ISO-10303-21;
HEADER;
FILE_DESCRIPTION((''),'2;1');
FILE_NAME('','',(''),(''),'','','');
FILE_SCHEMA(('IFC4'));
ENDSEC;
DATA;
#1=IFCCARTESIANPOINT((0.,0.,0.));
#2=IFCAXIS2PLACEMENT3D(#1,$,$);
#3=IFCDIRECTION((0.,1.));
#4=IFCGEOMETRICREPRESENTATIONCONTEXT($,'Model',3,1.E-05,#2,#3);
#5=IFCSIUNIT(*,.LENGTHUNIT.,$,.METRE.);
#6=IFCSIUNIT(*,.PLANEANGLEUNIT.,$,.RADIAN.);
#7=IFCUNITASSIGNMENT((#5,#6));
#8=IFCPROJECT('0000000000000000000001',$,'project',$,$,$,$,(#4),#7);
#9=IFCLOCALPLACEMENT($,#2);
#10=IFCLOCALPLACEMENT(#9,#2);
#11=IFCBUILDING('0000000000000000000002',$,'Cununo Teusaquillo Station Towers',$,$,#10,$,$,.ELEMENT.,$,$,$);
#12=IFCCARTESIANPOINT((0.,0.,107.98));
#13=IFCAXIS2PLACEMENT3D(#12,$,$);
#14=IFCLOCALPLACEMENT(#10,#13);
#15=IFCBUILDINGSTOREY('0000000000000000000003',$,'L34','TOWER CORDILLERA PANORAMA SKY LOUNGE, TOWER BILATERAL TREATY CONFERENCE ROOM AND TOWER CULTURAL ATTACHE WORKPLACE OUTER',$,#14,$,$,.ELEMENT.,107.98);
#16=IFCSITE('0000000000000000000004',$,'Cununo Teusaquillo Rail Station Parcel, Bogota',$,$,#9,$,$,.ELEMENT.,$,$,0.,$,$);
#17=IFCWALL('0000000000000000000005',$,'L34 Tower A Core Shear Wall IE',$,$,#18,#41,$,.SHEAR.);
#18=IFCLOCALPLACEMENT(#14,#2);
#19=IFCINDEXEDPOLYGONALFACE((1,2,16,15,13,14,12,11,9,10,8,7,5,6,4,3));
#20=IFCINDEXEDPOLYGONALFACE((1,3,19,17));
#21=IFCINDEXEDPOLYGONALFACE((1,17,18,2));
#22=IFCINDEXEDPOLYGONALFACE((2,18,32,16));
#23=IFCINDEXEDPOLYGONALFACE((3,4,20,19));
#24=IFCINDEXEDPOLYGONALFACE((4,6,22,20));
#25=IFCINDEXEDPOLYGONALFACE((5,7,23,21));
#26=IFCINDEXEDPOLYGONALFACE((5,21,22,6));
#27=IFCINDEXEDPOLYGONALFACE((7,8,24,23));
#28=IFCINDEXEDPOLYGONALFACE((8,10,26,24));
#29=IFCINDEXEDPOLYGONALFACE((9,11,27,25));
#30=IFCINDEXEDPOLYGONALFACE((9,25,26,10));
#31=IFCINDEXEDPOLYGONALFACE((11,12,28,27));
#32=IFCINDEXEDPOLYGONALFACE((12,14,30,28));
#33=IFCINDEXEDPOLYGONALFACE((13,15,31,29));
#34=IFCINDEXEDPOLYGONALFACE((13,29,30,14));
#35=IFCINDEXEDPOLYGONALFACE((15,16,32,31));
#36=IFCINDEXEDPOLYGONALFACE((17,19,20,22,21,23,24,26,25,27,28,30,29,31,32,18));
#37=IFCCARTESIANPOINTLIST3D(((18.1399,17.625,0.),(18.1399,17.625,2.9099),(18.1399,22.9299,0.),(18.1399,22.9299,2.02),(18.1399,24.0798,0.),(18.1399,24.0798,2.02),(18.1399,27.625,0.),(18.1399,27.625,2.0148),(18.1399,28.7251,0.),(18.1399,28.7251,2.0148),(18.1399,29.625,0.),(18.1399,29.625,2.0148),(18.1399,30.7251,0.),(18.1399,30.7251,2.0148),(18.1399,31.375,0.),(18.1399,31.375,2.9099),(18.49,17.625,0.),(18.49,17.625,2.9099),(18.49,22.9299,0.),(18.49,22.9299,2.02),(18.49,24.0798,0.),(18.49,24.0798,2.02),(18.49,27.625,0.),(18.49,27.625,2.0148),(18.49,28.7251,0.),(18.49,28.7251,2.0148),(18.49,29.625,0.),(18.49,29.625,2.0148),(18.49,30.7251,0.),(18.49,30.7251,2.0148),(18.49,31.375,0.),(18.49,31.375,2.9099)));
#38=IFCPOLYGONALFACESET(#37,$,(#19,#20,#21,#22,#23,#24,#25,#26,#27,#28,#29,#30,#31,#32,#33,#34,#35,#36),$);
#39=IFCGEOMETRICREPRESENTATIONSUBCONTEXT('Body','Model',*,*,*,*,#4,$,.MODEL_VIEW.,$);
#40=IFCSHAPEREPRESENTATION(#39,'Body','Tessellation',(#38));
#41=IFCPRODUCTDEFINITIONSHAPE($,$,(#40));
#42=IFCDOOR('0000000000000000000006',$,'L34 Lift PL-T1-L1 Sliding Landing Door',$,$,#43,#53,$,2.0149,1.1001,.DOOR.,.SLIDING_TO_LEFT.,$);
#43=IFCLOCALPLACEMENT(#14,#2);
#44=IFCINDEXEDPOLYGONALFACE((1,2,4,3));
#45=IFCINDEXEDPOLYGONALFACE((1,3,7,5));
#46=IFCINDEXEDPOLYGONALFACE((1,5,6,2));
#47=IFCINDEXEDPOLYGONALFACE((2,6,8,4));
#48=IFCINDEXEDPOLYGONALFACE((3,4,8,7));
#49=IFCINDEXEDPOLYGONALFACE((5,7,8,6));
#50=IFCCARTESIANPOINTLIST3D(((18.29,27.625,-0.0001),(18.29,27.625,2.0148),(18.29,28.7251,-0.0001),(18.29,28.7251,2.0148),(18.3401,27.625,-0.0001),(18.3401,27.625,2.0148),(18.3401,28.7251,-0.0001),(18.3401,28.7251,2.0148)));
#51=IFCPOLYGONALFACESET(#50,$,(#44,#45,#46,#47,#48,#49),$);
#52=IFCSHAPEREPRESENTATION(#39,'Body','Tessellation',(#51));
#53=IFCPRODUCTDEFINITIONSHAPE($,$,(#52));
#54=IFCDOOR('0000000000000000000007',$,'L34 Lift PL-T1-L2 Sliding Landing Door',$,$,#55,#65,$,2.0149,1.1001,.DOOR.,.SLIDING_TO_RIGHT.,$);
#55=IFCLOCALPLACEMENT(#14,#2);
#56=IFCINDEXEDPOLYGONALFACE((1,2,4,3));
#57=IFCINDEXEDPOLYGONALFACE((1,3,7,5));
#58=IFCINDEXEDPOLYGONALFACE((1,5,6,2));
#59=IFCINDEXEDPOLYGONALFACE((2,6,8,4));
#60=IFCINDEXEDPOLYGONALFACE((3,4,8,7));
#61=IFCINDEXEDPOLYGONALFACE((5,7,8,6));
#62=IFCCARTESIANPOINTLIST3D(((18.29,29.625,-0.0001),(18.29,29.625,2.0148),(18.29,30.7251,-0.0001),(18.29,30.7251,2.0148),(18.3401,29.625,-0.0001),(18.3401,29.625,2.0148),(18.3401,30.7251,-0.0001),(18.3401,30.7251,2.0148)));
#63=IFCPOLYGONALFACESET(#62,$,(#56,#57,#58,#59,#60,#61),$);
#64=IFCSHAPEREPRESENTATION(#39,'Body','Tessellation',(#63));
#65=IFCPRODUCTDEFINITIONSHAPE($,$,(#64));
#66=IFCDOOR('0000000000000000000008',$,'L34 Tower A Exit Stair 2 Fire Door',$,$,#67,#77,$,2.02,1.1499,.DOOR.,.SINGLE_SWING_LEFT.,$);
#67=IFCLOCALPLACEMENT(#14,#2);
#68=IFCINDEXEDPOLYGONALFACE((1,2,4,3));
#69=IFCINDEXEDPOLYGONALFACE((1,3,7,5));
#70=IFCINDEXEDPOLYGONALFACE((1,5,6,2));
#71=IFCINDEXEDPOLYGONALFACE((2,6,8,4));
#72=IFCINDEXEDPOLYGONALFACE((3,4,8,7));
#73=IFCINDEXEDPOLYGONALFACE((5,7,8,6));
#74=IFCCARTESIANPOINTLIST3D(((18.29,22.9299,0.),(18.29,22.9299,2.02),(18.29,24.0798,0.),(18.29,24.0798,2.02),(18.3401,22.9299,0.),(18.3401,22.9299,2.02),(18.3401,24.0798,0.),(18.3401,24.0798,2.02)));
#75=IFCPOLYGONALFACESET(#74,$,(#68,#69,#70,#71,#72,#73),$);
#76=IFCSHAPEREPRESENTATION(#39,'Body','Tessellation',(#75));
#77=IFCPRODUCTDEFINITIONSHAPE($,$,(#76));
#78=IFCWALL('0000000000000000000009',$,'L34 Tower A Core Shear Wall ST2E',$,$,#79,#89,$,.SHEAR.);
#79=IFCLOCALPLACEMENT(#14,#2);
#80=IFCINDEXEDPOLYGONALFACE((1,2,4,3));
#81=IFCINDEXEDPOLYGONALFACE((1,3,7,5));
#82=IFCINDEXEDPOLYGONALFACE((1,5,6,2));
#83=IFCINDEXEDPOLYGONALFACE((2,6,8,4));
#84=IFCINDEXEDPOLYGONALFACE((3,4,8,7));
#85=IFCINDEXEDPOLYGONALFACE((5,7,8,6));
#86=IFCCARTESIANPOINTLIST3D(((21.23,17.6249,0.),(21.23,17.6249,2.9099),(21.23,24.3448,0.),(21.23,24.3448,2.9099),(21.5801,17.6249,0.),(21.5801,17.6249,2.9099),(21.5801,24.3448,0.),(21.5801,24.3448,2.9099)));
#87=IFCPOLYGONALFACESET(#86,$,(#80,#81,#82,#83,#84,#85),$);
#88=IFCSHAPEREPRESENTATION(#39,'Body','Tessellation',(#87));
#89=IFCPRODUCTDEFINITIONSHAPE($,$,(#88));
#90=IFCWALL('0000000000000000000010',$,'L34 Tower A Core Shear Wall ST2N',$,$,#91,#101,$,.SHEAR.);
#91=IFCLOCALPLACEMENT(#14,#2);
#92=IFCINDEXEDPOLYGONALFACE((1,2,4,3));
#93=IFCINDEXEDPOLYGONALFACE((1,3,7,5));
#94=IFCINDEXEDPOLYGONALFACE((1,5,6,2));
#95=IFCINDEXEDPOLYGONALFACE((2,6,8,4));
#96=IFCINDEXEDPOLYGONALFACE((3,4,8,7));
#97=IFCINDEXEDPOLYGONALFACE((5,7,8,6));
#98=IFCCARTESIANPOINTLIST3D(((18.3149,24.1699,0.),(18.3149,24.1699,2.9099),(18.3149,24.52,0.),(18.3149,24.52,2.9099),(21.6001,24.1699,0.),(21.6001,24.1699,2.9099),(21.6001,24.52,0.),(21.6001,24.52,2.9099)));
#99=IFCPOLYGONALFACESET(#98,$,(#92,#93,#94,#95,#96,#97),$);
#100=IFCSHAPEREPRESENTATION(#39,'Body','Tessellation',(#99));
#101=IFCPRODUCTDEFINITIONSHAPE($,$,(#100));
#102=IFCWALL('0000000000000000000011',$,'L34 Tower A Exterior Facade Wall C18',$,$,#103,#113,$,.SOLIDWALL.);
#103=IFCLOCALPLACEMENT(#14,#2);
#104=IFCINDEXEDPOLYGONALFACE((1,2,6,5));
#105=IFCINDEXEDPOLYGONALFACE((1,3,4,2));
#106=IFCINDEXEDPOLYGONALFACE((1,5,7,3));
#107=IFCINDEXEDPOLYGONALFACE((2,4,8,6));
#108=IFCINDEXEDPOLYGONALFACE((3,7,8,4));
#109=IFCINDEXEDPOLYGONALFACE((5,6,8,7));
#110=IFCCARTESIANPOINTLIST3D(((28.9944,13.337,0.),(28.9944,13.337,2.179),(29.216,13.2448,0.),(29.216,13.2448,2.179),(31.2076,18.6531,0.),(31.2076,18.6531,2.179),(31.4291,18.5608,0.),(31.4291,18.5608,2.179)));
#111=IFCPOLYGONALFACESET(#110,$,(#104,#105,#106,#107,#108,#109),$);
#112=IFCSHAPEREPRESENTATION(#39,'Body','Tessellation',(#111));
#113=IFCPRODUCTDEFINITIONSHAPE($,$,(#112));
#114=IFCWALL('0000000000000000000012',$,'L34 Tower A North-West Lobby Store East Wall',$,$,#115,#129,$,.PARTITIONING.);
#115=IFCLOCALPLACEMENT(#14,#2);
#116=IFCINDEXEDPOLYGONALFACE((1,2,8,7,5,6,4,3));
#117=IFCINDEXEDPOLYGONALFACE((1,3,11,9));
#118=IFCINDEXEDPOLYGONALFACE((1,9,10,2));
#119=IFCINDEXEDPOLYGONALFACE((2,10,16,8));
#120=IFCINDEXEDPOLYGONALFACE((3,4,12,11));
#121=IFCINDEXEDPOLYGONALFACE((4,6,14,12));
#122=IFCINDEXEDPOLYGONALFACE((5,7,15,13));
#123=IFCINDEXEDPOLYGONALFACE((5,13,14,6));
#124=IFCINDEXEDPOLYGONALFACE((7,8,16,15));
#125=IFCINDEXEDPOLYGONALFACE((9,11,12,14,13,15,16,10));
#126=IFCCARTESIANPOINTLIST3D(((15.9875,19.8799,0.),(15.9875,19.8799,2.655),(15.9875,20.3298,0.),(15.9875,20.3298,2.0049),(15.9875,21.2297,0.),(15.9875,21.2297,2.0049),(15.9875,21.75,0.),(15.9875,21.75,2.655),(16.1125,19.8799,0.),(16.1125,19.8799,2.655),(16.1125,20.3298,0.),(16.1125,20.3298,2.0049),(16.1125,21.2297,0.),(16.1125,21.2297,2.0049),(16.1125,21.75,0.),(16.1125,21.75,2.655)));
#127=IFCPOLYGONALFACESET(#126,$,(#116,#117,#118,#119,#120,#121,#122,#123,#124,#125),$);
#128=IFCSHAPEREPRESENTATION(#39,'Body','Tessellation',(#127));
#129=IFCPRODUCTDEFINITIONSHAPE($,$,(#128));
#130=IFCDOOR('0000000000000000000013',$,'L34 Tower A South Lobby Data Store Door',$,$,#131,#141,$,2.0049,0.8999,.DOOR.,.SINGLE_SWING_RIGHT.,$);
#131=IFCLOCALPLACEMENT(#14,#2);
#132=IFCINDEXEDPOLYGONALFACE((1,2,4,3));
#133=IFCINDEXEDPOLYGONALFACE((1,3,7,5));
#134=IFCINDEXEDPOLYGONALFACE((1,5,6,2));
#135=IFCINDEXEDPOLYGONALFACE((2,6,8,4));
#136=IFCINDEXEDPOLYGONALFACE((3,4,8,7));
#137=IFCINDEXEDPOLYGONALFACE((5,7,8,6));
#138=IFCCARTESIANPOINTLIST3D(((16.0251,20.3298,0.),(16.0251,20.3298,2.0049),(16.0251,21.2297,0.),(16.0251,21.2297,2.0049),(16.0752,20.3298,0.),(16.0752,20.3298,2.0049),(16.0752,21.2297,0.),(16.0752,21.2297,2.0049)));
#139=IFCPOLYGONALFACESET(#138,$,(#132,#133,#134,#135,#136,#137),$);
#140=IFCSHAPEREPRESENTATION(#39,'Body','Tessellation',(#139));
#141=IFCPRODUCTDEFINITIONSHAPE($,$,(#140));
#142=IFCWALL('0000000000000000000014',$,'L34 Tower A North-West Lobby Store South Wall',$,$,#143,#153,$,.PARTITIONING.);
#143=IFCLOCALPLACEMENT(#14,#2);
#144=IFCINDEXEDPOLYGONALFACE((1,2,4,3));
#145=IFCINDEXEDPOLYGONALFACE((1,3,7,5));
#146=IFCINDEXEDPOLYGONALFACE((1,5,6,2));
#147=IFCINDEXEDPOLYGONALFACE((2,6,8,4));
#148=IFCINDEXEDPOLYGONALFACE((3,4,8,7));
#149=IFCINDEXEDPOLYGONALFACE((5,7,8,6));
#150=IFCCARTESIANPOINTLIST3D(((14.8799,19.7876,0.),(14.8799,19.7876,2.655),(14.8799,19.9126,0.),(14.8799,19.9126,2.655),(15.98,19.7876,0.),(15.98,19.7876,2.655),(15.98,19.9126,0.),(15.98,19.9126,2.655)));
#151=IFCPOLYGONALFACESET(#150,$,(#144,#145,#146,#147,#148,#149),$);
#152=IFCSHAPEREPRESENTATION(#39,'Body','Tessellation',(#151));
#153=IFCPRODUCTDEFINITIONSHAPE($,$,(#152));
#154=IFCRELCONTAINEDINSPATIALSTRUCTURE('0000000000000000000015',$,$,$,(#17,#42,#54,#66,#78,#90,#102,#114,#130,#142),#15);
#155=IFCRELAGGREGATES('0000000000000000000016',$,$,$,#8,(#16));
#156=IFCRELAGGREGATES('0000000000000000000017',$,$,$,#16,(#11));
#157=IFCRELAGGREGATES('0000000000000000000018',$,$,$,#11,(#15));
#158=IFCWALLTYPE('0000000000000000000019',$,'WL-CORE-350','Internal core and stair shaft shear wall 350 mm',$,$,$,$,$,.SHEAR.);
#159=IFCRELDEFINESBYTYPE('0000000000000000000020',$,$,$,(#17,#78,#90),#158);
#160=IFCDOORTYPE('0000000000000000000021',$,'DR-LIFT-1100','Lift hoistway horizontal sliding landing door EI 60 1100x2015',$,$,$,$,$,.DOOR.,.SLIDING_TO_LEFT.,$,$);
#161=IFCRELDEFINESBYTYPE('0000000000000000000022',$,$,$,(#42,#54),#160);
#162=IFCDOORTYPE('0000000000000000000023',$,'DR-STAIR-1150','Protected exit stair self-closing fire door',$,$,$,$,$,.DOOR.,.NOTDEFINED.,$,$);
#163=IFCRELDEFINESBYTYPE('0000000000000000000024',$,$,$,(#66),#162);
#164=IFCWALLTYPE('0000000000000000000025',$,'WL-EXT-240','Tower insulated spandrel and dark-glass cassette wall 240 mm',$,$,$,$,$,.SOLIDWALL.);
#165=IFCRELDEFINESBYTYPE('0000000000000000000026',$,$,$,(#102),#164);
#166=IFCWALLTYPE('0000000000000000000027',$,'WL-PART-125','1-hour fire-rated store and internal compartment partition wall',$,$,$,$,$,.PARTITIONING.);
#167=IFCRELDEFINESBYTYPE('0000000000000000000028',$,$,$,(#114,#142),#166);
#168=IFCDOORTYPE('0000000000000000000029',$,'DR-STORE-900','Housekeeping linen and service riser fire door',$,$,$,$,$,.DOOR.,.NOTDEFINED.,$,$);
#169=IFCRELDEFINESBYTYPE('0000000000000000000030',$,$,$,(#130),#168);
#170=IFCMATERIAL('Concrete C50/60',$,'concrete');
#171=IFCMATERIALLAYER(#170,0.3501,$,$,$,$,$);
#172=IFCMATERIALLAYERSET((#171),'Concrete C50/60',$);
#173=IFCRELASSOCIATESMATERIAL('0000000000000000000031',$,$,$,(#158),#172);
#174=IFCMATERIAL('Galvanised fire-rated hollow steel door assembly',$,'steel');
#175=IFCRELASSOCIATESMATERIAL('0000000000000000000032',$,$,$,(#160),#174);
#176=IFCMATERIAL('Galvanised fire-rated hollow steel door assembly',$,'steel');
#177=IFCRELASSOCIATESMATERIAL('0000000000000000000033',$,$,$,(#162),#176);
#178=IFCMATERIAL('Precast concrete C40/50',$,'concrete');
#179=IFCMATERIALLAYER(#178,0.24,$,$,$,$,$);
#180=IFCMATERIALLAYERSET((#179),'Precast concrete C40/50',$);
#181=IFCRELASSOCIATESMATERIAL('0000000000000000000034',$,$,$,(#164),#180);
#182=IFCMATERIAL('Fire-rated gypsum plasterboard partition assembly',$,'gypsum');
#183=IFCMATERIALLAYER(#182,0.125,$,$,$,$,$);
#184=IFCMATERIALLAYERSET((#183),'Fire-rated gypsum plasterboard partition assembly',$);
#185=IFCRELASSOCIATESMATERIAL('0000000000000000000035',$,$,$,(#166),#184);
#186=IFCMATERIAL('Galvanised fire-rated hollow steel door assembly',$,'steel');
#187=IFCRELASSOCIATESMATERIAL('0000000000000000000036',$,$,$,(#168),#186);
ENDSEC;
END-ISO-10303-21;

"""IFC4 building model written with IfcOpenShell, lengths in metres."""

from ifc_helpers import new_model, si_unit, direction, frame, frame_2d, origin, place, context, subcontext, project, spatial, rectangle, extrude, source, transform, mapped, material, layer, layer_set, type_object, element, fill, save


model = new_model("IFC4")

# Units and contexts
model_context = context("Model", 3, precision=1e-05, world=origin(), true_north=direction((0.0, 1.0)))
body_context = subcontext(model_context, "Body", "Model", "MODEL_VIEW")
ifc_project = project(units=[si_unit("LENGTHUNIT", "METRE"), si_unit("PLANEANGLEUNIT", "RADIAN")], contexts=[model_context])

# Site, building, storey
site_placement = place(None, origin())
site = spatial("IfcSite", under=ifc_project, at=site_placement, Name="Cununo Teusaquillo Rail Station Parcel, Bogota", CompositionType="ELEMENT", RefElevation=0.0)
building_placement = place(site_placement, origin())
building = spatial("IfcBuilding", under=site, at=building_placement, Name="Cununo Teusaquillo Station Towers", CompositionType="ELEMENT")
storey_placement = place(building_placement, frame((0.0, 0.0, 107.98)))
storey = spatial("IfcBuildingStorey", under=building, at=storey_placement, Name="L34", Description="TOWER CORDILLERA PANORAMA SKY LOUNGE, TOWER BILATERAL TREATY CONFERENCE ROOM AND TOWER CULTURAL ATTACHE WORKPLACE OUTER", CompositionType="ELEMENT", Elevation=107.98)

# Wall, openings, doors
ifc_material_1 = material(Name="Concrete C50/60", Category="concrete")
ifc_layer_1 = layer(ifc_material_1, 0.3501)
ifc_layer_set_1 = layer_set([ifc_layer_1], Name="Concrete C50/60")
wall_type_1 = type_object("IfcWallType", Name="WL-CORE-350", Description="Internal core and stair shaft shear wall 350 mm", PredefinedType="SHEAR", material=ifc_layer_set_1)
wall_1_placement = place(storey_placement, frame((18.3149, 17.625, 0.0), z_axis=(0.0, 0.0, 1.0), x_axis=(0.0, 1.0, 0.0)))
wall_1 = element("IfcWall", 1, at=wall_1_placement, inside=storey, type_object=wall_type_1, Name="L34 Tower A Core Shear Wall IE", PredefinedType="SHEAR", context=body_context, shape_type="SweptSolid", body=[
    extrude(rectangle(XDim=13.75, YDim=0.3501, at=frame_2d((6.875, 0.0))), origin(), (0.0, 0.0, 1.0), 2.9099),
])
shared_shape_1 = source(origin(), body_context, "Body", "SweptSolid", [
    extrude(rectangle(XDim=1.1001, YDim=2.0149, at=frame_2d((0.55, 1.0073))), frame((0.0, 0.1851, 0.0), z_axis=(0.0, -1.0, 0.0), x_axis=(1.0, 0.0, 0.0)), (0.0, 0.0, 1.0), 0.3701),
])
opening_1_placement = place(wall_1_placement, frame((10.0, 0.0, 0.0)))
opening_1 = element("IfcOpeningElement", 2, at=opening_1_placement, cuts=wall_1, PredefinedType="OPENING", context=body_context, shape_type="MappedRepresentation", body=[
    mapped(shared_shape_1, transform((0.0, 0.0, 0.0), x_axis=(1.0, 0.0, 0.0), y_axis=(0.0, 1.0, 0.0), z_axis=(0.0, 0.0, 1.0), scale=1.0)),
])
opening_2_placement = place(wall_1_placement, frame((12.0, 0.0, 0.0)))
opening_2 = element("IfcOpeningElement", 3, at=opening_2_placement, cuts=wall_1, PredefinedType="OPENING", context=body_context, shape_type="MappedRepresentation", body=[
    mapped(shared_shape_1, transform((0.0, 0.0, 0.0), x_axis=(1.0, 0.0, 0.0), y_axis=(0.0, 1.0, 0.0), z_axis=(0.0, 0.0, 1.0), scale=1.0)),
])
shared_shape_2 = source(origin(), body_context, "Body", "SweptSolid", [
    extrude(rectangle(XDim=1.1499, YDim=2.02, at=frame_2d((0.575, 1.01))), frame((0.0, 0.1851, 0.0), z_axis=(0.0, -1.0, 0.0), x_axis=(1.0, 0.0, 0.0)), (0.0, 0.0, 1.0), 0.3701),
])
opening_3_placement = place(wall_1_placement, frame((5.3049, 0.0, 0.0)))
opening_3 = element("IfcOpeningElement", 4, at=opening_3_placement, cuts=wall_1, PredefinedType="OPENING", context=body_context, shape_type="MappedRepresentation", body=[
    mapped(shared_shape_2, transform((0.0, 0.0, 0.0), x_axis=(1.0, 0.0, 0.0), y_axis=(0.0, 1.0, 0.0), z_axis=(0.0, 0.0, 1.0), scale=1.0)),
])
ifc_material_2 = material(Name="Galvanised fire-rated hollow steel door assembly", Category="steel")
door_type_1 = type_object("IfcDoorType", Name="DR-LIFT-1100", Description="Lift hoistway horizontal sliding landing door EI 60 1100x2015", OperationType="SLIDING_TO_LEFT", PredefinedType="DOOR", material=ifc_material_2)
shared_shape_3 = source(origin(), body_context, "Body", "SweptSolid", [
    extrude(rectangle(XDim=1.1001, YDim=2.0149, at=frame_2d((0.55, 1.0073))), frame((0.0, 0.0249, 0.0), z_axis=(0.0, -1.0, 0.0), x_axis=(1.0, 0.0, 0.0)), (0.0, 0.0, 1.0), 0.05),
])
door_1_placement = place(opening_1_placement, origin())
door_1 = element("IfcDoor", 5, at=door_1_placement, inside=storey, type_object=door_type_1, Name="L34 Lift PL-T1-L1 Sliding Landing Door", OperationType="SLIDING_TO_LEFT", OverallHeight=2.0149, OverallWidth=1.1001, PredefinedType="DOOR", context=body_context, shape_type="MappedRepresentation", body=[
    mapped(shared_shape_3, transform((0.0, 0.0, 0.0), x_axis=(1.0, 0.0, 0.0), y_axis=(0.0, 1.0, 0.0), z_axis=(0.0, 0.0, 1.0), scale=1.0)),
])
fill(opening_1, door_1)
door_2_placement = place(opening_2_placement, origin())
door_2 = element("IfcDoor", 6, at=door_2_placement, inside=storey, type_object=door_type_1, Name="L34 Lift PL-T1-L2 Sliding Landing Door", OperationType="SLIDING_TO_RIGHT", OverallHeight=2.0149, OverallWidth=1.1001, PredefinedType="DOOR", context=body_context, shape_type="MappedRepresentation", body=[
    mapped(shared_shape_3, transform((0.0, 0.0, 0.0), x_axis=(1.0, 0.0, 0.0), y_axis=(0.0, 1.0, 0.0), z_axis=(0.0, 0.0, 1.0), scale=1.0)),
])
fill(opening_2, door_2)
ifc_material_3 = material(Name="Galvanised fire-rated hollow steel door assembly", Category="steel")
door_type_2 = type_object("IfcDoorType", Name="DR-STAIR-1150", Description="Protected exit stair self-closing fire door", OperationType="NOTDEFINED", PredefinedType="DOOR", material=ifc_material_3)
shared_shape_4 = source(origin(), body_context, "Body", "SweptSolid", [
    extrude(rectangle(XDim=1.1499, YDim=2.02, at=frame_2d((0.575, 1.01))), frame((0.0, 0.0249, 0.0), z_axis=(0.0, -1.0, 0.0), x_axis=(1.0, 0.0, 0.0)), (0.0, 0.0, 1.0), 0.05),
])
door_3_placement = place(opening_3_placement, origin())
door_3 = element("IfcDoor", 7, at=door_3_placement, inside=storey, type_object=door_type_2, Name="L34 Tower A Exit Stair 2 Fire Door", OperationType="SINGLE_SWING_LEFT", OverallHeight=2.02, OverallWidth=1.1499, PredefinedType="DOOR", context=body_context, shape_type="MappedRepresentation", body=[
    mapped(shared_shape_4, transform((0.0, 0.0, 0.0), x_axis=(1.0, 0.0, 0.0), y_axis=(0.0, 1.0, 0.0), z_axis=(0.0, 0.0, 1.0), scale=1.0)),
])
fill(opening_3, door_3)

# Walls
wall_2_placement = place(storey_placement, frame((21.405, 17.625, 0.0), z_axis=(0.0, 0.0, 1.0), x_axis=(0.0, 1.0, 0.0)))
element("IfcWall", 8, at=wall_2_placement, inside=storey, type_object=wall_type_1, Name="L34 Tower A Core Shear Wall ST2E", PredefinedType="SHEAR", context=body_context, shape_type="SweptSolid", body=[
    extrude(rectangle(XDim=6.72, YDim=0.3501, at=frame_2d((3.3599, 0.0))), origin(), (0.0, 0.0, 1.0), 2.9099),
])
wall_3_placement = place(storey_placement, frame((18.3149, 24.345, 0.0), z_axis=(0.0, 0.0, 1.0), x_axis=(1.0, 0.0, 0.0)))
element("IfcWall", 9, at=wall_3_placement, inside=storey, type_object=wall_type_1, Name="L34 Tower A Core Shear Wall ST2N", PredefinedType="SHEAR", context=body_context, shape_type="SweptSolid", body=[
    extrude(rectangle(XDim=3.2852, YDim=0.3501, at=frame_2d((1.6426, 0.0))), origin(), (0.0, 0.0, 1.0), 2.9099),
])
ifc_material_4 = material(Name="Precast concrete C40/50", Category="concrete")
ifc_layer_2 = layer(ifc_material_4, 0.24)
ifc_layer_set_2 = layer_set([ifc_layer_2], Name="Precast concrete C40/50")
wall_type_2 = type_object("IfcWallType", Name="WL-EXT-240", Description="Tower insulated spandrel and dark-glass cassette wall 240 mm", PredefinedType="SOLIDWALL", material=ifc_layer_set_2)
wall_4_placement = place(storey_placement, frame((31.3184, 18.6069, 0.0), z_axis=(0.0, 0.0, 1.0), x_axis=(-0.384344, -0.92319, 0.0)))
element("IfcWall", 10, at=wall_4_placement, inside=storey, type_object=wall_type_2, Name="L34 Tower A Exterior Facade Wall C18", PredefinedType="SOLIDWALL", context=body_context, shape_type="SweptSolid", body=[
    extrude(rectangle(XDim=5.7583, YDim=0.24, at=frame_2d((2.8792, 0.0))), origin(), (0.0, 0.0, 1.0), 2.179),
])

# Wall, opening, door
ifc_material_5 = material(Name="Fire-rated gypsum plasterboard partition assembly", Category="gypsum")
ifc_layer_3 = layer(ifc_material_5, 0.125)
ifc_layer_set_3 = layer_set([ifc_layer_3], Name="Fire-rated gypsum plasterboard partition assembly")
wall_type_3 = type_object("IfcWallType", Name="WL-PART-125", Description="1-hour fire-rated store and internal compartment partition wall", PredefinedType="PARTITIONING", material=ifc_layer_set_3)
wall_5_placement = place(storey_placement, frame((16.05, 19.8799, 0.0), z_axis=(0.0, 0.0, 1.0), x_axis=(0.0, 1.0, 0.0)))
wall_5 = element("IfcWall", 11, at=wall_5_placement, inside=storey, type_object=wall_type_3, Name="L34 Tower A North-West Lobby Store East Wall", PredefinedType="PARTITIONING", context=body_context, shape_type="SweptSolid", body=[
    extrude(rectangle(XDim=1.8701, YDim=0.125, at=frame_2d((0.9351, 0.0))), origin(), (0.0, 0.0, 1.0), 2.655),
])
shared_shape_5 = source(origin(), body_context, "Body", "SweptSolid", [
    extrude(rectangle(XDim=0.8999, YDim=2.0049, at=frame_2d((0.45, 1.0024))), frame((0.0, 0.0725, 0.0), z_axis=(0.0, -1.0, 0.0), x_axis=(1.0, 0.0, 0.0)), (0.0, 0.0, 1.0), 0.145),
])
opening_4_placement = place(wall_5_placement, frame((0.45, 0.0, 0.0)))
opening_4 = element("IfcOpeningElement", 12, at=opening_4_placement, cuts=wall_5, PredefinedType="OPENING", context=body_context, shape_type="MappedRepresentation", body=[
    mapped(shared_shape_5, transform((0.0, 0.0, 0.0), x_axis=(1.0, 0.0, 0.0), y_axis=(0.0, 1.0, 0.0), z_axis=(0.0, 0.0, 1.0), scale=1.0)),
])
ifc_material_6 = material(Name="Galvanised fire-rated hollow steel door assembly", Category="steel")
door_type_3 = type_object("IfcDoorType", Name="DR-STORE-900", Description="Housekeeping linen and service riser fire door", OperationType="NOTDEFINED", PredefinedType="DOOR", material=ifc_material_6)
shared_shape_6 = source(origin(), body_context, "Body", "SweptSolid", [
    extrude(rectangle(XDim=0.8999, YDim=2.0049, at=frame_2d((0.45, 1.0024))), frame((0.0, 0.0249, 0.0), z_axis=(0.0, -1.0, 0.0), x_axis=(1.0, 0.0, 0.0)), (0.0, 0.0, 1.0), 0.05),
])
door_4_placement = place(opening_4_placement, origin())
door_4 = element("IfcDoor", 13, at=door_4_placement, inside=storey, type_object=door_type_3, Name="L34 Tower A South Lobby Data Store Door", OperationType="SINGLE_SWING_RIGHT", OverallHeight=2.0049, OverallWidth=0.8999, PredefinedType="DOOR", context=body_context, shape_type="MappedRepresentation", body=[
    mapped(shared_shape_6, transform((0.0, 0.0, 0.0), x_axis=(1.0, 0.0, 0.0), y_axis=(0.0, 1.0, 0.0), z_axis=(0.0, 0.0, 1.0), scale=1.0)),
])
fill(opening_4, door_4)

# Wall
wall_6_placement = place(storey_placement, frame((14.8799, 19.8501, 0.0), z_axis=(0.0, 0.0, 1.0), x_axis=(1.0, 0.0, 0.0)))
element("IfcWall", 14, at=wall_6_placement, inside=storey, type_object=wall_type_3, Name="L34 Tower A North-West Lobby Store South Wall", PredefinedType="PARTITIONING", context=body_context, shape_type="SweptSolid", body=[
    extrude(rectangle(XDim=1.1001, YDim=0.125, at=frame_2d((0.55, 0.0))), origin(), (0.0, 0.0, 1.0), 2.655),
])

save(model, "model.ifc")
